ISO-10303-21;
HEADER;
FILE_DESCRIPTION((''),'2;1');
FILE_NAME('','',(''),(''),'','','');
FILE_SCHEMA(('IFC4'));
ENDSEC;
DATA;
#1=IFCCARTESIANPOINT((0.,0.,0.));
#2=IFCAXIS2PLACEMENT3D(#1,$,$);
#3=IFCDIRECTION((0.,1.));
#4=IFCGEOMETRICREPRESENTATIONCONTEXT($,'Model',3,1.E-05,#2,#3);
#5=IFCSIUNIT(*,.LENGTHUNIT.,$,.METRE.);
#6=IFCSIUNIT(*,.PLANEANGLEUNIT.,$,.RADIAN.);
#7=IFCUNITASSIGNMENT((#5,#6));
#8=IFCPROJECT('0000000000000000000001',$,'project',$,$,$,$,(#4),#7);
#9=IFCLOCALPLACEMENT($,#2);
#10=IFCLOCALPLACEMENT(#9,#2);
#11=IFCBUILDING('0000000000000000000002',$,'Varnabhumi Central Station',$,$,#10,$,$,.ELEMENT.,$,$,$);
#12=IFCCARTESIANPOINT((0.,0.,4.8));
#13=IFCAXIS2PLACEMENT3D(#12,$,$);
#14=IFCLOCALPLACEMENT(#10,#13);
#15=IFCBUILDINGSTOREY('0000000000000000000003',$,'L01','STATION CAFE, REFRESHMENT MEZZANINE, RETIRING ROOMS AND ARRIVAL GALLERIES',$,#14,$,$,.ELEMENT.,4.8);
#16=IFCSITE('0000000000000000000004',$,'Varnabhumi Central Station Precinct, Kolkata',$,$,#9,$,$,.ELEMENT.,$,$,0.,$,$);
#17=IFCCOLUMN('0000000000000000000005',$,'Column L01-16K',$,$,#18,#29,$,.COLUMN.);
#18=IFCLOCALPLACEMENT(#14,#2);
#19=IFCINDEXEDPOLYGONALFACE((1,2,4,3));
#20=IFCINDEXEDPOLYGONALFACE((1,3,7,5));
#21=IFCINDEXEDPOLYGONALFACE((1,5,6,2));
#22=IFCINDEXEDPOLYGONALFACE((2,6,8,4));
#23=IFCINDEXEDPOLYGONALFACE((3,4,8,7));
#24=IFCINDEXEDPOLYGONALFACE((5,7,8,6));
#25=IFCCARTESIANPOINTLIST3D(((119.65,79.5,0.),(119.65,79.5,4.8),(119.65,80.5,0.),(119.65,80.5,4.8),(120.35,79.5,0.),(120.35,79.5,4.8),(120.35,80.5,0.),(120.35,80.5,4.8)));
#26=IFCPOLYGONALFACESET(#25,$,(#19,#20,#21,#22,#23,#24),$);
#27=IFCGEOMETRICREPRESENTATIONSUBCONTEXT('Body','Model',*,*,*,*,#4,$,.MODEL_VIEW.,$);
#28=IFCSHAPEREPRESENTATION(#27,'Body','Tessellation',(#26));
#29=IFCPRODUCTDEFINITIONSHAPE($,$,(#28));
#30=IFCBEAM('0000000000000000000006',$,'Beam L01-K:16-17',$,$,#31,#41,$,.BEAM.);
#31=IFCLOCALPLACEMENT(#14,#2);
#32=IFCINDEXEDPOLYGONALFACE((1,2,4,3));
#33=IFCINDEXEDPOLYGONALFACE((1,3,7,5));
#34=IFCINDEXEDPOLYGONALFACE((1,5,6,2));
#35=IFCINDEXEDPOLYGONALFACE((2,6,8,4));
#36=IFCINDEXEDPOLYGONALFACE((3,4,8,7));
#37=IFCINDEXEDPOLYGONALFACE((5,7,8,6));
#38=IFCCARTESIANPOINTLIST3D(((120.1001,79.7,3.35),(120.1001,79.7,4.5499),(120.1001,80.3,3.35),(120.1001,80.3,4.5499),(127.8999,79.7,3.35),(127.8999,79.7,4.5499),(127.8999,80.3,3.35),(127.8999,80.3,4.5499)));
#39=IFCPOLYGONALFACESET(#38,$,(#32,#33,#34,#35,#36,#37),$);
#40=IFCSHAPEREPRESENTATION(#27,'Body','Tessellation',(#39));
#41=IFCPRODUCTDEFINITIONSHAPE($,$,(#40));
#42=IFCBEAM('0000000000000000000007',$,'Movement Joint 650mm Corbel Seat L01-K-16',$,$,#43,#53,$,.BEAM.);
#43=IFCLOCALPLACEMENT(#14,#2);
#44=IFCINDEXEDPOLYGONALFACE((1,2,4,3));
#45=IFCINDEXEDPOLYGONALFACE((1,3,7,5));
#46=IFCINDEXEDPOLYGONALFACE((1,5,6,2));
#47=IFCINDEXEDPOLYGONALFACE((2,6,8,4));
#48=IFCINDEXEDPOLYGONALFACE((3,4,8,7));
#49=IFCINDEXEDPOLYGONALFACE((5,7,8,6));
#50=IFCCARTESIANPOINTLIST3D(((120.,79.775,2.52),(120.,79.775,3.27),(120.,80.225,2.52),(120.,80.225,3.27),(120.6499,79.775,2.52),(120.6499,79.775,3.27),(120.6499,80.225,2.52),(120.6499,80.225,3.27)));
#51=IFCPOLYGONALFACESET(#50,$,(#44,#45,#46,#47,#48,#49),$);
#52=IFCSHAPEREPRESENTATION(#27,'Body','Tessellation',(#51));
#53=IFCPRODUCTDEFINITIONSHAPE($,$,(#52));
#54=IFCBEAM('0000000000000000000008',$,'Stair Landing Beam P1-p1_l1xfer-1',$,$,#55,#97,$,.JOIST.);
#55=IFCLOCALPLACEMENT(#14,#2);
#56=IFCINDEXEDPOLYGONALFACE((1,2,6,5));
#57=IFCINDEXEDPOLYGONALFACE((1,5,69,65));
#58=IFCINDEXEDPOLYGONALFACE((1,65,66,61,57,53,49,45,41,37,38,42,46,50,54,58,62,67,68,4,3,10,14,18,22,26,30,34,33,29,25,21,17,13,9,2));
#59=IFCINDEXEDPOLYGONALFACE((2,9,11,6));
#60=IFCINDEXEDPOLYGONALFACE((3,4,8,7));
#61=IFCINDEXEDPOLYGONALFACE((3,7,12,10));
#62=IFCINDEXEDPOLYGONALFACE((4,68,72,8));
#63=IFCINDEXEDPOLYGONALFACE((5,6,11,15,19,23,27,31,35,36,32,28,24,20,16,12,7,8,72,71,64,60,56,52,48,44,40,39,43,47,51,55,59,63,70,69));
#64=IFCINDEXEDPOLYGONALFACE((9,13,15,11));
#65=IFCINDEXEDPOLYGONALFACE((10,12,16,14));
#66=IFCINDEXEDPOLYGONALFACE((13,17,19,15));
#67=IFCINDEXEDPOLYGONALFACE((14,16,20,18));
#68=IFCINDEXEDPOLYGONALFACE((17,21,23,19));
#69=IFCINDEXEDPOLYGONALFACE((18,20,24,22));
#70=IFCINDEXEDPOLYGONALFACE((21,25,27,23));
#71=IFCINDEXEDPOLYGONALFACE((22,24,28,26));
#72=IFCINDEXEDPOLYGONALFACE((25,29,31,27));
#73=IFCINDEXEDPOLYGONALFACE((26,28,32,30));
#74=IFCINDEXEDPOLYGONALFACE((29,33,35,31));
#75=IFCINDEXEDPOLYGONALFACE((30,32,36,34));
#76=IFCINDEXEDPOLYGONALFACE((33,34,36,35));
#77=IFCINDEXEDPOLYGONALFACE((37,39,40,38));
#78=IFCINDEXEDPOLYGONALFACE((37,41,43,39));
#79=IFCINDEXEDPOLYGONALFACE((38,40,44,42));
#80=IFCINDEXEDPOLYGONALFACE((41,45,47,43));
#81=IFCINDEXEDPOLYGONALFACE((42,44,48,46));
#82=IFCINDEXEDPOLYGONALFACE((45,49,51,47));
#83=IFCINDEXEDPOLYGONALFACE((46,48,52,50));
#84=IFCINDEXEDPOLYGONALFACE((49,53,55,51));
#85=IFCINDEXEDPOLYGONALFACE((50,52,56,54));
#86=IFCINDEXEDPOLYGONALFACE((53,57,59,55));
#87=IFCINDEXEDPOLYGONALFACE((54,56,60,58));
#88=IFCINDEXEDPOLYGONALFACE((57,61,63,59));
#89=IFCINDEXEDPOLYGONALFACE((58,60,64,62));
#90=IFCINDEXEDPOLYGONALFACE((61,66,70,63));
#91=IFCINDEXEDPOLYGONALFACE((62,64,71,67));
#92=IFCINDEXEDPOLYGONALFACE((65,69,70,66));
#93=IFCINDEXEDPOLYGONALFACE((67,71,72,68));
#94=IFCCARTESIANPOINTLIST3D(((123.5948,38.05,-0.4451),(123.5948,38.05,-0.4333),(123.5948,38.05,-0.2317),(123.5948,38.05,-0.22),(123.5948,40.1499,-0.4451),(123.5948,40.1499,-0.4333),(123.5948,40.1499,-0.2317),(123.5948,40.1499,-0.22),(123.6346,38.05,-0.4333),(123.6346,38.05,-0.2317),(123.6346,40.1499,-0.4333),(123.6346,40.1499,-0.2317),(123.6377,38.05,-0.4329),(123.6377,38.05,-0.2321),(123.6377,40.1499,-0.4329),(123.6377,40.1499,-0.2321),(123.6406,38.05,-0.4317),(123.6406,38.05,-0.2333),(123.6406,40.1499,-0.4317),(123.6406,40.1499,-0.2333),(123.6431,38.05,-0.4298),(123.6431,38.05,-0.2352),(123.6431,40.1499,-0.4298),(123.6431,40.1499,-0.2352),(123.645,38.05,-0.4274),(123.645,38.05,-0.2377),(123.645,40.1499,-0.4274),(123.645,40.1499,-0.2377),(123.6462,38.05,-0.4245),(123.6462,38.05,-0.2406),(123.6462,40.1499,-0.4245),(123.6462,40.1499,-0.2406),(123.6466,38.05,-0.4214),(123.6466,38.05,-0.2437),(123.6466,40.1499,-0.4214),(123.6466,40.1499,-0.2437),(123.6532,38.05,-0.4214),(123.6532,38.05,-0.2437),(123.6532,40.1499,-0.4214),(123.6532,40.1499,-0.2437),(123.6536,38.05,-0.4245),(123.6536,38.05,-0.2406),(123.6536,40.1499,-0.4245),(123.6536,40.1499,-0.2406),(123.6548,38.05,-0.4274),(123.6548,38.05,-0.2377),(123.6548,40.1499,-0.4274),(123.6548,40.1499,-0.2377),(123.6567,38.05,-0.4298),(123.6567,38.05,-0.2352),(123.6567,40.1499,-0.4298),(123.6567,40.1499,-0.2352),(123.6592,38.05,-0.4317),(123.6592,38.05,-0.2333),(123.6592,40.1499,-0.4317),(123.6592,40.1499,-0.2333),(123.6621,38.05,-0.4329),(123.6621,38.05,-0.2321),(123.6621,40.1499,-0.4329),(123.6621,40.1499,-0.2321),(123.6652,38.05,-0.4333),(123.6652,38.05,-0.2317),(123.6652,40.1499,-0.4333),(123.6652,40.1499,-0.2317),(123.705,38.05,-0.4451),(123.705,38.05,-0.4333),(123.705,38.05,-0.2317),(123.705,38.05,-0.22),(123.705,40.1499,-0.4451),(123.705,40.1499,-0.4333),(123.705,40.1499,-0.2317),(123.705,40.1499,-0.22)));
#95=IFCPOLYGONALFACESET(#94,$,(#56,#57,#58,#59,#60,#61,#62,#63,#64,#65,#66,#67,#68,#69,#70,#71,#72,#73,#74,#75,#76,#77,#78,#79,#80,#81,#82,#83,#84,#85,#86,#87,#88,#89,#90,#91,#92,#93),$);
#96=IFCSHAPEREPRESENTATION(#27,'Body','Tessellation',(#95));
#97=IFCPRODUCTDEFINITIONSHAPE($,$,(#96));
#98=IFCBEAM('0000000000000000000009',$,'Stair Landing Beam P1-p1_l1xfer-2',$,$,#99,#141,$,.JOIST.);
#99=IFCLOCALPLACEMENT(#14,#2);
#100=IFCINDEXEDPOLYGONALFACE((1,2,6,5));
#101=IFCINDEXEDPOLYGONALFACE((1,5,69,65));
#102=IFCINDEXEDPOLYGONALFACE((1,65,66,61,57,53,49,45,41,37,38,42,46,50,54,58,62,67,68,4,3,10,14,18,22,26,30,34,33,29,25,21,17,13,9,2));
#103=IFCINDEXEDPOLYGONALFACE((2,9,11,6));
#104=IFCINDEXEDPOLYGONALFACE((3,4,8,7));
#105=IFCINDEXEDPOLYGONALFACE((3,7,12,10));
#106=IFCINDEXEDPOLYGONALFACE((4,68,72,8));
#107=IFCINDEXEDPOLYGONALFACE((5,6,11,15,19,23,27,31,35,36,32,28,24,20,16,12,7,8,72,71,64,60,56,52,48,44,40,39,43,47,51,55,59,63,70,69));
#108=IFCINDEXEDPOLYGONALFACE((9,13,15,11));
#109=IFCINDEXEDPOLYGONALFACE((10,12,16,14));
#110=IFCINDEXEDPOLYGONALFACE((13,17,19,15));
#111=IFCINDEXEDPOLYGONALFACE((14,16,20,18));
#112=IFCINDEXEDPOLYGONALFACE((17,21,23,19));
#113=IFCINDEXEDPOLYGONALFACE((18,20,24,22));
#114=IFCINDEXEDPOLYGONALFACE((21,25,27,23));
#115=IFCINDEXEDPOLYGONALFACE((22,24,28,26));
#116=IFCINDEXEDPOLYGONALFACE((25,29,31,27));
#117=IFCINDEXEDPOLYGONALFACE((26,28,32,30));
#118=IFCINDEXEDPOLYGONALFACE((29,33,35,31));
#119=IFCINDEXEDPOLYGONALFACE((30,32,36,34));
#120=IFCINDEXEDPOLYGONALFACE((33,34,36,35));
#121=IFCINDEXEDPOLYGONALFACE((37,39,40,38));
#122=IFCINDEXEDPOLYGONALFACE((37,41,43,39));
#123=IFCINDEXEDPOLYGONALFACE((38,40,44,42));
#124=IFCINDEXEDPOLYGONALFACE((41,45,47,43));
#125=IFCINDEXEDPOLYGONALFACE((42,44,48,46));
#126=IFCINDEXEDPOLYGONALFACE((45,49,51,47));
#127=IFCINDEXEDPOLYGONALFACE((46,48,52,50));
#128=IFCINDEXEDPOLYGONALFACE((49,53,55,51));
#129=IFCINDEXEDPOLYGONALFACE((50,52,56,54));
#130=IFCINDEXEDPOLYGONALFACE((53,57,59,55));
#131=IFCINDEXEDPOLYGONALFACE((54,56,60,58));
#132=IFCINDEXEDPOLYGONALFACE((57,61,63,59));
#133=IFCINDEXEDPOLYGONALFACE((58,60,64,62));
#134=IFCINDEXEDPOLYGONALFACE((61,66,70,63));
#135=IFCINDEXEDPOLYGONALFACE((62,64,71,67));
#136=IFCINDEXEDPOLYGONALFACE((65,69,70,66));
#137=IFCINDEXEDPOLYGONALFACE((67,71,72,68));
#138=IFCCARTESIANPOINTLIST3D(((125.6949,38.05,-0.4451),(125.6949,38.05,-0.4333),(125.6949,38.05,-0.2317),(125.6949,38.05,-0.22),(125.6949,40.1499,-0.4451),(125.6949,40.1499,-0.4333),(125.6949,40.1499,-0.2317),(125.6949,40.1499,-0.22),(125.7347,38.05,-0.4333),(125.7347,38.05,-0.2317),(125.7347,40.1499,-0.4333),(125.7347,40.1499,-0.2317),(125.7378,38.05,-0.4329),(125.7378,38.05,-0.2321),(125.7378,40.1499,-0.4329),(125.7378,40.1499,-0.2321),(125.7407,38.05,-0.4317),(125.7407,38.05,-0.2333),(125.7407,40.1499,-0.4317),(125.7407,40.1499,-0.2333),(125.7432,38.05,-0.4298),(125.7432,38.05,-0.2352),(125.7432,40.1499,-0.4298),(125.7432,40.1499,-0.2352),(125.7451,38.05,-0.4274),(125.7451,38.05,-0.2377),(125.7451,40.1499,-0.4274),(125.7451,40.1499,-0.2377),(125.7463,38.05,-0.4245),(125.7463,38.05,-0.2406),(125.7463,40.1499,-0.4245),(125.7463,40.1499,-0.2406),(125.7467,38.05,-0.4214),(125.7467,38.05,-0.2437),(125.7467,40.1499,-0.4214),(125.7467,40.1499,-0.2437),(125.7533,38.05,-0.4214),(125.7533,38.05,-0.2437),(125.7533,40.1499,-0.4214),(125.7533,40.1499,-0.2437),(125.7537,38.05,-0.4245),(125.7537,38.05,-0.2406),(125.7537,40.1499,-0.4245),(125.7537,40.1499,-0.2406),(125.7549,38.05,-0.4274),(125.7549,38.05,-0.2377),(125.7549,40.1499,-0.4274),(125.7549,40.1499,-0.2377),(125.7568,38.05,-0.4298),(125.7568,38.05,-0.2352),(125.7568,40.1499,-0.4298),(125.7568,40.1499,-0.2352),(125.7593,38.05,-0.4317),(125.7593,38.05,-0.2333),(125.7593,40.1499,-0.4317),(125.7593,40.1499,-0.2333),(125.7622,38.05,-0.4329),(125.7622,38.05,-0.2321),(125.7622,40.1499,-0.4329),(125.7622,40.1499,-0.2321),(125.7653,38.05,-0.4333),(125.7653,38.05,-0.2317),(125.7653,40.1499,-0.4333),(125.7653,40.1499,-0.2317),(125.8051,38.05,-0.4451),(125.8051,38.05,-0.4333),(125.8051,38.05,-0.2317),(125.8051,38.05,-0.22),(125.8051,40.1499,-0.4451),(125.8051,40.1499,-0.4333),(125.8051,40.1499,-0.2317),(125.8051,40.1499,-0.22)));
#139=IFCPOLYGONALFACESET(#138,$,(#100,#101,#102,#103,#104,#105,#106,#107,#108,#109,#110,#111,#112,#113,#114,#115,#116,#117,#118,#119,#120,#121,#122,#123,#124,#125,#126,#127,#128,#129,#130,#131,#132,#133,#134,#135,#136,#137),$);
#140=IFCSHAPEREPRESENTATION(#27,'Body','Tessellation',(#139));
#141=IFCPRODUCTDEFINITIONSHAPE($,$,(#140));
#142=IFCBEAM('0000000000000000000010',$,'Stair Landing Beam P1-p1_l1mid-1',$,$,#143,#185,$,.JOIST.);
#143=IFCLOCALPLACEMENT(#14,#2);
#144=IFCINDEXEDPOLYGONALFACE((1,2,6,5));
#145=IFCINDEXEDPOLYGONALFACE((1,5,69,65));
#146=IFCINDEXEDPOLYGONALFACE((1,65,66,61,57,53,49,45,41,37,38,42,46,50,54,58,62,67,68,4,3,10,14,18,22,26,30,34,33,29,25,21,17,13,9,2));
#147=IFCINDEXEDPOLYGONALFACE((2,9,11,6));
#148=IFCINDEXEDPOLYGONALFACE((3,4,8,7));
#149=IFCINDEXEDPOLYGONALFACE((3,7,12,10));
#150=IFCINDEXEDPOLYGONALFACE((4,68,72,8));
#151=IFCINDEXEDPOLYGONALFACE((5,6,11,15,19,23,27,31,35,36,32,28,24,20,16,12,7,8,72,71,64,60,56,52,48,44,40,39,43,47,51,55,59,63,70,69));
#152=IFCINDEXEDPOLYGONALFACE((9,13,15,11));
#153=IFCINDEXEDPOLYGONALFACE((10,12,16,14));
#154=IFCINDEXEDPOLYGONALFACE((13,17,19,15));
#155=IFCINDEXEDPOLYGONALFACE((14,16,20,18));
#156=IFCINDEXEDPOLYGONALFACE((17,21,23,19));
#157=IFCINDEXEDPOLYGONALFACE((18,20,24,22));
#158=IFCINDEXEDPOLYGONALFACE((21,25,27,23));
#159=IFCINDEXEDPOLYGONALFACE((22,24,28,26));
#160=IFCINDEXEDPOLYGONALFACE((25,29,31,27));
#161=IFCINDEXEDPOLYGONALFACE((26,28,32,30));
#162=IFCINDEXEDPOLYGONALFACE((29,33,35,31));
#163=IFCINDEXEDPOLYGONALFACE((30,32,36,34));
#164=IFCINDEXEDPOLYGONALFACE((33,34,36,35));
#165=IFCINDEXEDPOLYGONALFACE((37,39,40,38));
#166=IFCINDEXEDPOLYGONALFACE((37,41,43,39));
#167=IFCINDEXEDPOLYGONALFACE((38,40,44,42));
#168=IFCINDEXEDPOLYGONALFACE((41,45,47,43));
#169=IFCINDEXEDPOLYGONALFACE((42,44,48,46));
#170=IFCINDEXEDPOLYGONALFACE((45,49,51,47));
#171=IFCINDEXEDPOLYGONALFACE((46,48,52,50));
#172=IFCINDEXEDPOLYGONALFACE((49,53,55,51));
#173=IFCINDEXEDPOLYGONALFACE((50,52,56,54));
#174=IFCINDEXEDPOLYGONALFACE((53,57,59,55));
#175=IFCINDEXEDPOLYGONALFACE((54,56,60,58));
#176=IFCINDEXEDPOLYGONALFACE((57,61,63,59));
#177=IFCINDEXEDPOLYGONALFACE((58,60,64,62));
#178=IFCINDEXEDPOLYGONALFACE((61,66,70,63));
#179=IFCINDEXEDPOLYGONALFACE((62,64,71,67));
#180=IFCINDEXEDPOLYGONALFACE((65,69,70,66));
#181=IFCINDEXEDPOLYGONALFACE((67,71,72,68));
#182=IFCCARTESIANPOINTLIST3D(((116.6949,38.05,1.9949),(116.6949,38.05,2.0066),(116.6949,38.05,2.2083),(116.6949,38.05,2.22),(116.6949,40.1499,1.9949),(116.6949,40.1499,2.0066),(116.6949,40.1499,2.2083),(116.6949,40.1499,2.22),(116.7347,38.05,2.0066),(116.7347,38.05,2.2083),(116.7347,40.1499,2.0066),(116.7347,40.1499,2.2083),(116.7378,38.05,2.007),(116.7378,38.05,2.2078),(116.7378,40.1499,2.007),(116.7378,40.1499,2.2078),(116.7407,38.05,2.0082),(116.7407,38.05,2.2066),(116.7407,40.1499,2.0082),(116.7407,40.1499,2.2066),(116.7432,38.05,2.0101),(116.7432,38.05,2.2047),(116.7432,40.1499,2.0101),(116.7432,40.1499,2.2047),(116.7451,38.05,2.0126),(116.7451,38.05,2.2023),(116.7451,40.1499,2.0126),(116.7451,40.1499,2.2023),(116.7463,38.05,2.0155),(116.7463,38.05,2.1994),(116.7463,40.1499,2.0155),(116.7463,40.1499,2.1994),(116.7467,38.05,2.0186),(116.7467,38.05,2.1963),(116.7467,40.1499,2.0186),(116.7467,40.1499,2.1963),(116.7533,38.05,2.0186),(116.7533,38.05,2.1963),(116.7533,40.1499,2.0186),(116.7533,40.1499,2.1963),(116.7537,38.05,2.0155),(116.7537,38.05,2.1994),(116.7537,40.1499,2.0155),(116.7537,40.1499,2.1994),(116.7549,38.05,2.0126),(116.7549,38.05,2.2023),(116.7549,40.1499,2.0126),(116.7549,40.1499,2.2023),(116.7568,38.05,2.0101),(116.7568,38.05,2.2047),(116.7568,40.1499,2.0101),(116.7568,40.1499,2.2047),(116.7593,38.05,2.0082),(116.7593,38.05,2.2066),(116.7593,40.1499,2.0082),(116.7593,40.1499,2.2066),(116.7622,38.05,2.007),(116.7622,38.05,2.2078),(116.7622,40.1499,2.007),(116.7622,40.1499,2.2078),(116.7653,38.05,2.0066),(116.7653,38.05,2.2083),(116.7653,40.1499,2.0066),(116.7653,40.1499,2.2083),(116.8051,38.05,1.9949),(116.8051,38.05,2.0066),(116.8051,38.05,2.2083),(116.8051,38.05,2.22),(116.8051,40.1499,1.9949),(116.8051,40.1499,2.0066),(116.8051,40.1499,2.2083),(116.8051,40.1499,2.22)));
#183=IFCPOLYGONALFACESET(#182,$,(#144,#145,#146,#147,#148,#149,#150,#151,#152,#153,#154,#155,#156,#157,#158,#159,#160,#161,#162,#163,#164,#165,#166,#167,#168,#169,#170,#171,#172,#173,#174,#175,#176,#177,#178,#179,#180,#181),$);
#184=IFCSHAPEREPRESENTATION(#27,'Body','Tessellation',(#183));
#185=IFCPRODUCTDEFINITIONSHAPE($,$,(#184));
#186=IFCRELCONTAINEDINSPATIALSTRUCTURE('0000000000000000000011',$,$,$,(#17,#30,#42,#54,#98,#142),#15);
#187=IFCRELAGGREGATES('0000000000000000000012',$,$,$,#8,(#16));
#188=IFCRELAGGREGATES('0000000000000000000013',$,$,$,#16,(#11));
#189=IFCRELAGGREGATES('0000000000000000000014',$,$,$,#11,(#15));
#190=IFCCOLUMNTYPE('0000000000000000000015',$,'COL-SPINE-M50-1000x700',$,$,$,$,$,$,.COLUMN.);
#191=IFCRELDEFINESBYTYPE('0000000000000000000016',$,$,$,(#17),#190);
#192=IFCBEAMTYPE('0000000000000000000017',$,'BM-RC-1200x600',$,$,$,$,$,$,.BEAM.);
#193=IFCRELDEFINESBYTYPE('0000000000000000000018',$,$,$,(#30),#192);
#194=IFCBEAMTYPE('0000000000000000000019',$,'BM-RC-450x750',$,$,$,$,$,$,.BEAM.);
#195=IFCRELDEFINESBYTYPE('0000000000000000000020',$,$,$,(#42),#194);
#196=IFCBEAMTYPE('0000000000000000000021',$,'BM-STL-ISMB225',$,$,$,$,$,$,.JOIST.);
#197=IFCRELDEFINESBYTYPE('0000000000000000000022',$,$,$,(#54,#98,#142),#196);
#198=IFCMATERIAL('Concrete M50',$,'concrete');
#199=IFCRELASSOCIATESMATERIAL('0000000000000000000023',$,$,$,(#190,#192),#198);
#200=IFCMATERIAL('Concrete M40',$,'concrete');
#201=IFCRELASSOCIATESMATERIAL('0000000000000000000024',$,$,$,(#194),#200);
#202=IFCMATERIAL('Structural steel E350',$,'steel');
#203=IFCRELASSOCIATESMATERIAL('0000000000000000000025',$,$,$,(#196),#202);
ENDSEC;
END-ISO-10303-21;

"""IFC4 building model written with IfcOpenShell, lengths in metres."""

from ifc_helpers import new_model, si_unit, direction, frame, origin, origin_2d, place, context, subcontext, project, spatial, rectangle, i_section, extrude, material, material_profile, profile_set, type_object, element, save


model = new_model("IFC4")

# Units and contexts
model_context = context("Model", 3, precision=1e-05, world=origin(), true_north=direction((0.0, 1.0)))
body_context = subcontext(model_context, "Body", "Model", "MODEL_VIEW")
ifc_project = project(units=[si_unit("LENGTHUNIT", "METRE"), si_unit("PLANEANGLEUNIT", "RADIAN")], contexts=[model_context])

# Site, building, storey
site_placement = place(None, origin())
site = spatial("IfcSite", under=ifc_project, at=site_placement, Name="Varnabhumi Central Station Precinct, Kolkata", CompositionType="ELEMENT", RefElevation=0.0)
building_placement = place(site_placement, origin())
building = spatial("IfcBuilding", under=site, at=building_placement, Name="Varnabhumi Central Station", CompositionType="ELEMENT")
storey_placement = place(building_placement, frame((0.0, 0.0, 4.8)))
storey = spatial("IfcBuildingStorey", under=building, at=storey_placement, Name="L01", Description="STATION CAFE, REFRESHMENT MEZZANINE, RETIRING ROOMS AND ARRIVAL GALLERIES", CompositionType="ELEMENT", Elevation=4.8)

# Column
ifc_material_1 = material(Name="Concrete M50", Category="concrete")
ifc_material_profile_1 = material_profile(ifc_material_1, rectangle(XDim=0.7, YDim=1.0, at=origin_2d()), Name="Concrete M50", Category="concrete")
ifc_profile_set_1 = profile_set([ifc_material_profile_1], Name="Concrete M50")
column_type = type_object("IfcColumnType", Name="COL-SPINE-M50-1000x700", PredefinedType="COLUMN", material=ifc_profile_set_1)
column_placement = place(storey_placement, frame((120.0, 80.0, 0.0), z_axis=(0.0, 0.0, 1.0), x_axis=(1.0, 0.0, 0.0)))
element("IfcColumn", 1, at=column_placement, inside=storey, type_object=column_type, Name="Column L01-16K", PredefinedType="COLUMN", context=body_context, shape_type="SweptSolid", body=[
    extrude(rectangle(XDim=0.7, YDim=1.0, at=origin_2d()), origin(), (0.0, 0.0, 1.0), 4.8),
])

# Beams
ifc_material_profile_2 = material_profile(ifc_material_1, rectangle(XDim=0.6001, YDim=1.2, at=origin_2d()), Name="Concrete M50", Category="concrete")
ifc_profile_set_2 = profile_set([ifc_material_profile_2], Name="Concrete M50")
beam_type_1 = type_object("IfcBeamType", Name="BM-RC-1200x600", PredefinedType="BEAM", material=ifc_profile_set_2)
beam_1_placement = place(storey_placement, frame((120.1001, 80.0, 3.95), z_axis=(1.0, 0.0, 0.0), x_axis=(0.0, 1.0, 0.0)))
element("IfcBeam", 2, at=beam_1_placement, inside=storey, type_object=beam_type_1, Name="Beam L01-K:16-17", PredefinedType="BEAM", context=body_context, shape_type="SweptSolid", body=[
    extrude(rectangle(XDim=0.6001, YDim=1.2, at=origin_2d()), origin(), (0.0, 0.0, 1.0), 7.7998),
])
ifc_material_2 = material(Name="Concrete M40", Category="concrete")
ifc_material_profile_3 = material_profile(ifc_material_2, rectangle(XDim=0.45, YDim=0.75, at=origin_2d()), Name="Concrete M40", Category="concrete")
ifc_profile_set_3 = profile_set([ifc_material_profile_3], Name="Concrete M40")
beam_type_2 = type_object("IfcBeamType", Name="BM-RC-450x750", PredefinedType="BEAM", material=ifc_profile_set_3)
beam_2_placement = place(storey_placement, frame((120.0, 80.0, 2.895), z_axis=(1.0, 0.0, 0.0), x_axis=(0.0, 1.0, 0.0)))
element("IfcBeam", 3, at=beam_2_placement, inside=storey, type_object=beam_type_2, Name="Movement Joint 650mm Corbel Seat L01-K-16", PredefinedType="BEAM", context=body_context, shape_type="SweptSolid", body=[
    extrude(rectangle(XDim=0.45, YDim=0.75, at=origin_2d()), origin(), (0.0, 0.0, 1.0), 0.6499),
])
ifc_material_3 = material(Name="Structural steel E350", Category="steel")
ifc_material_profile_4 = material_profile(ifc_material_3, i_section(OverallWidth=0.1101, OverallDepth=0.2251, WebThickness=0.0066, FlangeThickness=0.0117, FilletRadius=0.012, at=origin_2d()), Name="Structural steel E350", Category="steel")
ifc_profile_set_4 = profile_set([ifc_material_profile_4], Name="Structural steel E350")
beam_type_3 = type_object("IfcBeamType", Name="BM-STL-ISMB225", PredefinedType="JOIST", material=ifc_profile_set_4)
for number, where, z_axis, x_axis, name in (
    (4, (123.6499, 38.05, -0.3325), (0.0, 1.0, 0.0), (-1.0, 0.0, 0.0), "Stair Landing Beam P1-p1_l1xfer-1"),
    (5, (125.75, 38.05, -0.3325), (0.0, 1.0, 0.0), (-1.0, 0.0, 0.0), "Stair Landing Beam P1-p1_l1xfer-2"),
    (6, (116.75, 38.05, 2.1074), (0.0, 1.0, 0.0), (-1.0, 0.0, 0.0), "Stair Landing Beam P1-p1_l1mid-1"),
):
    element("IfcBeam", number, at=place(storey_placement, frame(where, z_axis=z_axis, x_axis=x_axis)), inside=storey, type_object=beam_type_3, Name=name, PredefinedType="JOIST", context=body_context, shape_type="SweptSolid", body=[
        extrude(i_section(OverallWidth=0.1101, OverallDepth=0.2251, WebThickness=0.0066, FlangeThickness=0.0117, FilletRadius=0.012, at=origin_2d()), origin(), (0.0, 0.0, 1.0), 2.0999),
    ])

save(model, "model.ifc")
